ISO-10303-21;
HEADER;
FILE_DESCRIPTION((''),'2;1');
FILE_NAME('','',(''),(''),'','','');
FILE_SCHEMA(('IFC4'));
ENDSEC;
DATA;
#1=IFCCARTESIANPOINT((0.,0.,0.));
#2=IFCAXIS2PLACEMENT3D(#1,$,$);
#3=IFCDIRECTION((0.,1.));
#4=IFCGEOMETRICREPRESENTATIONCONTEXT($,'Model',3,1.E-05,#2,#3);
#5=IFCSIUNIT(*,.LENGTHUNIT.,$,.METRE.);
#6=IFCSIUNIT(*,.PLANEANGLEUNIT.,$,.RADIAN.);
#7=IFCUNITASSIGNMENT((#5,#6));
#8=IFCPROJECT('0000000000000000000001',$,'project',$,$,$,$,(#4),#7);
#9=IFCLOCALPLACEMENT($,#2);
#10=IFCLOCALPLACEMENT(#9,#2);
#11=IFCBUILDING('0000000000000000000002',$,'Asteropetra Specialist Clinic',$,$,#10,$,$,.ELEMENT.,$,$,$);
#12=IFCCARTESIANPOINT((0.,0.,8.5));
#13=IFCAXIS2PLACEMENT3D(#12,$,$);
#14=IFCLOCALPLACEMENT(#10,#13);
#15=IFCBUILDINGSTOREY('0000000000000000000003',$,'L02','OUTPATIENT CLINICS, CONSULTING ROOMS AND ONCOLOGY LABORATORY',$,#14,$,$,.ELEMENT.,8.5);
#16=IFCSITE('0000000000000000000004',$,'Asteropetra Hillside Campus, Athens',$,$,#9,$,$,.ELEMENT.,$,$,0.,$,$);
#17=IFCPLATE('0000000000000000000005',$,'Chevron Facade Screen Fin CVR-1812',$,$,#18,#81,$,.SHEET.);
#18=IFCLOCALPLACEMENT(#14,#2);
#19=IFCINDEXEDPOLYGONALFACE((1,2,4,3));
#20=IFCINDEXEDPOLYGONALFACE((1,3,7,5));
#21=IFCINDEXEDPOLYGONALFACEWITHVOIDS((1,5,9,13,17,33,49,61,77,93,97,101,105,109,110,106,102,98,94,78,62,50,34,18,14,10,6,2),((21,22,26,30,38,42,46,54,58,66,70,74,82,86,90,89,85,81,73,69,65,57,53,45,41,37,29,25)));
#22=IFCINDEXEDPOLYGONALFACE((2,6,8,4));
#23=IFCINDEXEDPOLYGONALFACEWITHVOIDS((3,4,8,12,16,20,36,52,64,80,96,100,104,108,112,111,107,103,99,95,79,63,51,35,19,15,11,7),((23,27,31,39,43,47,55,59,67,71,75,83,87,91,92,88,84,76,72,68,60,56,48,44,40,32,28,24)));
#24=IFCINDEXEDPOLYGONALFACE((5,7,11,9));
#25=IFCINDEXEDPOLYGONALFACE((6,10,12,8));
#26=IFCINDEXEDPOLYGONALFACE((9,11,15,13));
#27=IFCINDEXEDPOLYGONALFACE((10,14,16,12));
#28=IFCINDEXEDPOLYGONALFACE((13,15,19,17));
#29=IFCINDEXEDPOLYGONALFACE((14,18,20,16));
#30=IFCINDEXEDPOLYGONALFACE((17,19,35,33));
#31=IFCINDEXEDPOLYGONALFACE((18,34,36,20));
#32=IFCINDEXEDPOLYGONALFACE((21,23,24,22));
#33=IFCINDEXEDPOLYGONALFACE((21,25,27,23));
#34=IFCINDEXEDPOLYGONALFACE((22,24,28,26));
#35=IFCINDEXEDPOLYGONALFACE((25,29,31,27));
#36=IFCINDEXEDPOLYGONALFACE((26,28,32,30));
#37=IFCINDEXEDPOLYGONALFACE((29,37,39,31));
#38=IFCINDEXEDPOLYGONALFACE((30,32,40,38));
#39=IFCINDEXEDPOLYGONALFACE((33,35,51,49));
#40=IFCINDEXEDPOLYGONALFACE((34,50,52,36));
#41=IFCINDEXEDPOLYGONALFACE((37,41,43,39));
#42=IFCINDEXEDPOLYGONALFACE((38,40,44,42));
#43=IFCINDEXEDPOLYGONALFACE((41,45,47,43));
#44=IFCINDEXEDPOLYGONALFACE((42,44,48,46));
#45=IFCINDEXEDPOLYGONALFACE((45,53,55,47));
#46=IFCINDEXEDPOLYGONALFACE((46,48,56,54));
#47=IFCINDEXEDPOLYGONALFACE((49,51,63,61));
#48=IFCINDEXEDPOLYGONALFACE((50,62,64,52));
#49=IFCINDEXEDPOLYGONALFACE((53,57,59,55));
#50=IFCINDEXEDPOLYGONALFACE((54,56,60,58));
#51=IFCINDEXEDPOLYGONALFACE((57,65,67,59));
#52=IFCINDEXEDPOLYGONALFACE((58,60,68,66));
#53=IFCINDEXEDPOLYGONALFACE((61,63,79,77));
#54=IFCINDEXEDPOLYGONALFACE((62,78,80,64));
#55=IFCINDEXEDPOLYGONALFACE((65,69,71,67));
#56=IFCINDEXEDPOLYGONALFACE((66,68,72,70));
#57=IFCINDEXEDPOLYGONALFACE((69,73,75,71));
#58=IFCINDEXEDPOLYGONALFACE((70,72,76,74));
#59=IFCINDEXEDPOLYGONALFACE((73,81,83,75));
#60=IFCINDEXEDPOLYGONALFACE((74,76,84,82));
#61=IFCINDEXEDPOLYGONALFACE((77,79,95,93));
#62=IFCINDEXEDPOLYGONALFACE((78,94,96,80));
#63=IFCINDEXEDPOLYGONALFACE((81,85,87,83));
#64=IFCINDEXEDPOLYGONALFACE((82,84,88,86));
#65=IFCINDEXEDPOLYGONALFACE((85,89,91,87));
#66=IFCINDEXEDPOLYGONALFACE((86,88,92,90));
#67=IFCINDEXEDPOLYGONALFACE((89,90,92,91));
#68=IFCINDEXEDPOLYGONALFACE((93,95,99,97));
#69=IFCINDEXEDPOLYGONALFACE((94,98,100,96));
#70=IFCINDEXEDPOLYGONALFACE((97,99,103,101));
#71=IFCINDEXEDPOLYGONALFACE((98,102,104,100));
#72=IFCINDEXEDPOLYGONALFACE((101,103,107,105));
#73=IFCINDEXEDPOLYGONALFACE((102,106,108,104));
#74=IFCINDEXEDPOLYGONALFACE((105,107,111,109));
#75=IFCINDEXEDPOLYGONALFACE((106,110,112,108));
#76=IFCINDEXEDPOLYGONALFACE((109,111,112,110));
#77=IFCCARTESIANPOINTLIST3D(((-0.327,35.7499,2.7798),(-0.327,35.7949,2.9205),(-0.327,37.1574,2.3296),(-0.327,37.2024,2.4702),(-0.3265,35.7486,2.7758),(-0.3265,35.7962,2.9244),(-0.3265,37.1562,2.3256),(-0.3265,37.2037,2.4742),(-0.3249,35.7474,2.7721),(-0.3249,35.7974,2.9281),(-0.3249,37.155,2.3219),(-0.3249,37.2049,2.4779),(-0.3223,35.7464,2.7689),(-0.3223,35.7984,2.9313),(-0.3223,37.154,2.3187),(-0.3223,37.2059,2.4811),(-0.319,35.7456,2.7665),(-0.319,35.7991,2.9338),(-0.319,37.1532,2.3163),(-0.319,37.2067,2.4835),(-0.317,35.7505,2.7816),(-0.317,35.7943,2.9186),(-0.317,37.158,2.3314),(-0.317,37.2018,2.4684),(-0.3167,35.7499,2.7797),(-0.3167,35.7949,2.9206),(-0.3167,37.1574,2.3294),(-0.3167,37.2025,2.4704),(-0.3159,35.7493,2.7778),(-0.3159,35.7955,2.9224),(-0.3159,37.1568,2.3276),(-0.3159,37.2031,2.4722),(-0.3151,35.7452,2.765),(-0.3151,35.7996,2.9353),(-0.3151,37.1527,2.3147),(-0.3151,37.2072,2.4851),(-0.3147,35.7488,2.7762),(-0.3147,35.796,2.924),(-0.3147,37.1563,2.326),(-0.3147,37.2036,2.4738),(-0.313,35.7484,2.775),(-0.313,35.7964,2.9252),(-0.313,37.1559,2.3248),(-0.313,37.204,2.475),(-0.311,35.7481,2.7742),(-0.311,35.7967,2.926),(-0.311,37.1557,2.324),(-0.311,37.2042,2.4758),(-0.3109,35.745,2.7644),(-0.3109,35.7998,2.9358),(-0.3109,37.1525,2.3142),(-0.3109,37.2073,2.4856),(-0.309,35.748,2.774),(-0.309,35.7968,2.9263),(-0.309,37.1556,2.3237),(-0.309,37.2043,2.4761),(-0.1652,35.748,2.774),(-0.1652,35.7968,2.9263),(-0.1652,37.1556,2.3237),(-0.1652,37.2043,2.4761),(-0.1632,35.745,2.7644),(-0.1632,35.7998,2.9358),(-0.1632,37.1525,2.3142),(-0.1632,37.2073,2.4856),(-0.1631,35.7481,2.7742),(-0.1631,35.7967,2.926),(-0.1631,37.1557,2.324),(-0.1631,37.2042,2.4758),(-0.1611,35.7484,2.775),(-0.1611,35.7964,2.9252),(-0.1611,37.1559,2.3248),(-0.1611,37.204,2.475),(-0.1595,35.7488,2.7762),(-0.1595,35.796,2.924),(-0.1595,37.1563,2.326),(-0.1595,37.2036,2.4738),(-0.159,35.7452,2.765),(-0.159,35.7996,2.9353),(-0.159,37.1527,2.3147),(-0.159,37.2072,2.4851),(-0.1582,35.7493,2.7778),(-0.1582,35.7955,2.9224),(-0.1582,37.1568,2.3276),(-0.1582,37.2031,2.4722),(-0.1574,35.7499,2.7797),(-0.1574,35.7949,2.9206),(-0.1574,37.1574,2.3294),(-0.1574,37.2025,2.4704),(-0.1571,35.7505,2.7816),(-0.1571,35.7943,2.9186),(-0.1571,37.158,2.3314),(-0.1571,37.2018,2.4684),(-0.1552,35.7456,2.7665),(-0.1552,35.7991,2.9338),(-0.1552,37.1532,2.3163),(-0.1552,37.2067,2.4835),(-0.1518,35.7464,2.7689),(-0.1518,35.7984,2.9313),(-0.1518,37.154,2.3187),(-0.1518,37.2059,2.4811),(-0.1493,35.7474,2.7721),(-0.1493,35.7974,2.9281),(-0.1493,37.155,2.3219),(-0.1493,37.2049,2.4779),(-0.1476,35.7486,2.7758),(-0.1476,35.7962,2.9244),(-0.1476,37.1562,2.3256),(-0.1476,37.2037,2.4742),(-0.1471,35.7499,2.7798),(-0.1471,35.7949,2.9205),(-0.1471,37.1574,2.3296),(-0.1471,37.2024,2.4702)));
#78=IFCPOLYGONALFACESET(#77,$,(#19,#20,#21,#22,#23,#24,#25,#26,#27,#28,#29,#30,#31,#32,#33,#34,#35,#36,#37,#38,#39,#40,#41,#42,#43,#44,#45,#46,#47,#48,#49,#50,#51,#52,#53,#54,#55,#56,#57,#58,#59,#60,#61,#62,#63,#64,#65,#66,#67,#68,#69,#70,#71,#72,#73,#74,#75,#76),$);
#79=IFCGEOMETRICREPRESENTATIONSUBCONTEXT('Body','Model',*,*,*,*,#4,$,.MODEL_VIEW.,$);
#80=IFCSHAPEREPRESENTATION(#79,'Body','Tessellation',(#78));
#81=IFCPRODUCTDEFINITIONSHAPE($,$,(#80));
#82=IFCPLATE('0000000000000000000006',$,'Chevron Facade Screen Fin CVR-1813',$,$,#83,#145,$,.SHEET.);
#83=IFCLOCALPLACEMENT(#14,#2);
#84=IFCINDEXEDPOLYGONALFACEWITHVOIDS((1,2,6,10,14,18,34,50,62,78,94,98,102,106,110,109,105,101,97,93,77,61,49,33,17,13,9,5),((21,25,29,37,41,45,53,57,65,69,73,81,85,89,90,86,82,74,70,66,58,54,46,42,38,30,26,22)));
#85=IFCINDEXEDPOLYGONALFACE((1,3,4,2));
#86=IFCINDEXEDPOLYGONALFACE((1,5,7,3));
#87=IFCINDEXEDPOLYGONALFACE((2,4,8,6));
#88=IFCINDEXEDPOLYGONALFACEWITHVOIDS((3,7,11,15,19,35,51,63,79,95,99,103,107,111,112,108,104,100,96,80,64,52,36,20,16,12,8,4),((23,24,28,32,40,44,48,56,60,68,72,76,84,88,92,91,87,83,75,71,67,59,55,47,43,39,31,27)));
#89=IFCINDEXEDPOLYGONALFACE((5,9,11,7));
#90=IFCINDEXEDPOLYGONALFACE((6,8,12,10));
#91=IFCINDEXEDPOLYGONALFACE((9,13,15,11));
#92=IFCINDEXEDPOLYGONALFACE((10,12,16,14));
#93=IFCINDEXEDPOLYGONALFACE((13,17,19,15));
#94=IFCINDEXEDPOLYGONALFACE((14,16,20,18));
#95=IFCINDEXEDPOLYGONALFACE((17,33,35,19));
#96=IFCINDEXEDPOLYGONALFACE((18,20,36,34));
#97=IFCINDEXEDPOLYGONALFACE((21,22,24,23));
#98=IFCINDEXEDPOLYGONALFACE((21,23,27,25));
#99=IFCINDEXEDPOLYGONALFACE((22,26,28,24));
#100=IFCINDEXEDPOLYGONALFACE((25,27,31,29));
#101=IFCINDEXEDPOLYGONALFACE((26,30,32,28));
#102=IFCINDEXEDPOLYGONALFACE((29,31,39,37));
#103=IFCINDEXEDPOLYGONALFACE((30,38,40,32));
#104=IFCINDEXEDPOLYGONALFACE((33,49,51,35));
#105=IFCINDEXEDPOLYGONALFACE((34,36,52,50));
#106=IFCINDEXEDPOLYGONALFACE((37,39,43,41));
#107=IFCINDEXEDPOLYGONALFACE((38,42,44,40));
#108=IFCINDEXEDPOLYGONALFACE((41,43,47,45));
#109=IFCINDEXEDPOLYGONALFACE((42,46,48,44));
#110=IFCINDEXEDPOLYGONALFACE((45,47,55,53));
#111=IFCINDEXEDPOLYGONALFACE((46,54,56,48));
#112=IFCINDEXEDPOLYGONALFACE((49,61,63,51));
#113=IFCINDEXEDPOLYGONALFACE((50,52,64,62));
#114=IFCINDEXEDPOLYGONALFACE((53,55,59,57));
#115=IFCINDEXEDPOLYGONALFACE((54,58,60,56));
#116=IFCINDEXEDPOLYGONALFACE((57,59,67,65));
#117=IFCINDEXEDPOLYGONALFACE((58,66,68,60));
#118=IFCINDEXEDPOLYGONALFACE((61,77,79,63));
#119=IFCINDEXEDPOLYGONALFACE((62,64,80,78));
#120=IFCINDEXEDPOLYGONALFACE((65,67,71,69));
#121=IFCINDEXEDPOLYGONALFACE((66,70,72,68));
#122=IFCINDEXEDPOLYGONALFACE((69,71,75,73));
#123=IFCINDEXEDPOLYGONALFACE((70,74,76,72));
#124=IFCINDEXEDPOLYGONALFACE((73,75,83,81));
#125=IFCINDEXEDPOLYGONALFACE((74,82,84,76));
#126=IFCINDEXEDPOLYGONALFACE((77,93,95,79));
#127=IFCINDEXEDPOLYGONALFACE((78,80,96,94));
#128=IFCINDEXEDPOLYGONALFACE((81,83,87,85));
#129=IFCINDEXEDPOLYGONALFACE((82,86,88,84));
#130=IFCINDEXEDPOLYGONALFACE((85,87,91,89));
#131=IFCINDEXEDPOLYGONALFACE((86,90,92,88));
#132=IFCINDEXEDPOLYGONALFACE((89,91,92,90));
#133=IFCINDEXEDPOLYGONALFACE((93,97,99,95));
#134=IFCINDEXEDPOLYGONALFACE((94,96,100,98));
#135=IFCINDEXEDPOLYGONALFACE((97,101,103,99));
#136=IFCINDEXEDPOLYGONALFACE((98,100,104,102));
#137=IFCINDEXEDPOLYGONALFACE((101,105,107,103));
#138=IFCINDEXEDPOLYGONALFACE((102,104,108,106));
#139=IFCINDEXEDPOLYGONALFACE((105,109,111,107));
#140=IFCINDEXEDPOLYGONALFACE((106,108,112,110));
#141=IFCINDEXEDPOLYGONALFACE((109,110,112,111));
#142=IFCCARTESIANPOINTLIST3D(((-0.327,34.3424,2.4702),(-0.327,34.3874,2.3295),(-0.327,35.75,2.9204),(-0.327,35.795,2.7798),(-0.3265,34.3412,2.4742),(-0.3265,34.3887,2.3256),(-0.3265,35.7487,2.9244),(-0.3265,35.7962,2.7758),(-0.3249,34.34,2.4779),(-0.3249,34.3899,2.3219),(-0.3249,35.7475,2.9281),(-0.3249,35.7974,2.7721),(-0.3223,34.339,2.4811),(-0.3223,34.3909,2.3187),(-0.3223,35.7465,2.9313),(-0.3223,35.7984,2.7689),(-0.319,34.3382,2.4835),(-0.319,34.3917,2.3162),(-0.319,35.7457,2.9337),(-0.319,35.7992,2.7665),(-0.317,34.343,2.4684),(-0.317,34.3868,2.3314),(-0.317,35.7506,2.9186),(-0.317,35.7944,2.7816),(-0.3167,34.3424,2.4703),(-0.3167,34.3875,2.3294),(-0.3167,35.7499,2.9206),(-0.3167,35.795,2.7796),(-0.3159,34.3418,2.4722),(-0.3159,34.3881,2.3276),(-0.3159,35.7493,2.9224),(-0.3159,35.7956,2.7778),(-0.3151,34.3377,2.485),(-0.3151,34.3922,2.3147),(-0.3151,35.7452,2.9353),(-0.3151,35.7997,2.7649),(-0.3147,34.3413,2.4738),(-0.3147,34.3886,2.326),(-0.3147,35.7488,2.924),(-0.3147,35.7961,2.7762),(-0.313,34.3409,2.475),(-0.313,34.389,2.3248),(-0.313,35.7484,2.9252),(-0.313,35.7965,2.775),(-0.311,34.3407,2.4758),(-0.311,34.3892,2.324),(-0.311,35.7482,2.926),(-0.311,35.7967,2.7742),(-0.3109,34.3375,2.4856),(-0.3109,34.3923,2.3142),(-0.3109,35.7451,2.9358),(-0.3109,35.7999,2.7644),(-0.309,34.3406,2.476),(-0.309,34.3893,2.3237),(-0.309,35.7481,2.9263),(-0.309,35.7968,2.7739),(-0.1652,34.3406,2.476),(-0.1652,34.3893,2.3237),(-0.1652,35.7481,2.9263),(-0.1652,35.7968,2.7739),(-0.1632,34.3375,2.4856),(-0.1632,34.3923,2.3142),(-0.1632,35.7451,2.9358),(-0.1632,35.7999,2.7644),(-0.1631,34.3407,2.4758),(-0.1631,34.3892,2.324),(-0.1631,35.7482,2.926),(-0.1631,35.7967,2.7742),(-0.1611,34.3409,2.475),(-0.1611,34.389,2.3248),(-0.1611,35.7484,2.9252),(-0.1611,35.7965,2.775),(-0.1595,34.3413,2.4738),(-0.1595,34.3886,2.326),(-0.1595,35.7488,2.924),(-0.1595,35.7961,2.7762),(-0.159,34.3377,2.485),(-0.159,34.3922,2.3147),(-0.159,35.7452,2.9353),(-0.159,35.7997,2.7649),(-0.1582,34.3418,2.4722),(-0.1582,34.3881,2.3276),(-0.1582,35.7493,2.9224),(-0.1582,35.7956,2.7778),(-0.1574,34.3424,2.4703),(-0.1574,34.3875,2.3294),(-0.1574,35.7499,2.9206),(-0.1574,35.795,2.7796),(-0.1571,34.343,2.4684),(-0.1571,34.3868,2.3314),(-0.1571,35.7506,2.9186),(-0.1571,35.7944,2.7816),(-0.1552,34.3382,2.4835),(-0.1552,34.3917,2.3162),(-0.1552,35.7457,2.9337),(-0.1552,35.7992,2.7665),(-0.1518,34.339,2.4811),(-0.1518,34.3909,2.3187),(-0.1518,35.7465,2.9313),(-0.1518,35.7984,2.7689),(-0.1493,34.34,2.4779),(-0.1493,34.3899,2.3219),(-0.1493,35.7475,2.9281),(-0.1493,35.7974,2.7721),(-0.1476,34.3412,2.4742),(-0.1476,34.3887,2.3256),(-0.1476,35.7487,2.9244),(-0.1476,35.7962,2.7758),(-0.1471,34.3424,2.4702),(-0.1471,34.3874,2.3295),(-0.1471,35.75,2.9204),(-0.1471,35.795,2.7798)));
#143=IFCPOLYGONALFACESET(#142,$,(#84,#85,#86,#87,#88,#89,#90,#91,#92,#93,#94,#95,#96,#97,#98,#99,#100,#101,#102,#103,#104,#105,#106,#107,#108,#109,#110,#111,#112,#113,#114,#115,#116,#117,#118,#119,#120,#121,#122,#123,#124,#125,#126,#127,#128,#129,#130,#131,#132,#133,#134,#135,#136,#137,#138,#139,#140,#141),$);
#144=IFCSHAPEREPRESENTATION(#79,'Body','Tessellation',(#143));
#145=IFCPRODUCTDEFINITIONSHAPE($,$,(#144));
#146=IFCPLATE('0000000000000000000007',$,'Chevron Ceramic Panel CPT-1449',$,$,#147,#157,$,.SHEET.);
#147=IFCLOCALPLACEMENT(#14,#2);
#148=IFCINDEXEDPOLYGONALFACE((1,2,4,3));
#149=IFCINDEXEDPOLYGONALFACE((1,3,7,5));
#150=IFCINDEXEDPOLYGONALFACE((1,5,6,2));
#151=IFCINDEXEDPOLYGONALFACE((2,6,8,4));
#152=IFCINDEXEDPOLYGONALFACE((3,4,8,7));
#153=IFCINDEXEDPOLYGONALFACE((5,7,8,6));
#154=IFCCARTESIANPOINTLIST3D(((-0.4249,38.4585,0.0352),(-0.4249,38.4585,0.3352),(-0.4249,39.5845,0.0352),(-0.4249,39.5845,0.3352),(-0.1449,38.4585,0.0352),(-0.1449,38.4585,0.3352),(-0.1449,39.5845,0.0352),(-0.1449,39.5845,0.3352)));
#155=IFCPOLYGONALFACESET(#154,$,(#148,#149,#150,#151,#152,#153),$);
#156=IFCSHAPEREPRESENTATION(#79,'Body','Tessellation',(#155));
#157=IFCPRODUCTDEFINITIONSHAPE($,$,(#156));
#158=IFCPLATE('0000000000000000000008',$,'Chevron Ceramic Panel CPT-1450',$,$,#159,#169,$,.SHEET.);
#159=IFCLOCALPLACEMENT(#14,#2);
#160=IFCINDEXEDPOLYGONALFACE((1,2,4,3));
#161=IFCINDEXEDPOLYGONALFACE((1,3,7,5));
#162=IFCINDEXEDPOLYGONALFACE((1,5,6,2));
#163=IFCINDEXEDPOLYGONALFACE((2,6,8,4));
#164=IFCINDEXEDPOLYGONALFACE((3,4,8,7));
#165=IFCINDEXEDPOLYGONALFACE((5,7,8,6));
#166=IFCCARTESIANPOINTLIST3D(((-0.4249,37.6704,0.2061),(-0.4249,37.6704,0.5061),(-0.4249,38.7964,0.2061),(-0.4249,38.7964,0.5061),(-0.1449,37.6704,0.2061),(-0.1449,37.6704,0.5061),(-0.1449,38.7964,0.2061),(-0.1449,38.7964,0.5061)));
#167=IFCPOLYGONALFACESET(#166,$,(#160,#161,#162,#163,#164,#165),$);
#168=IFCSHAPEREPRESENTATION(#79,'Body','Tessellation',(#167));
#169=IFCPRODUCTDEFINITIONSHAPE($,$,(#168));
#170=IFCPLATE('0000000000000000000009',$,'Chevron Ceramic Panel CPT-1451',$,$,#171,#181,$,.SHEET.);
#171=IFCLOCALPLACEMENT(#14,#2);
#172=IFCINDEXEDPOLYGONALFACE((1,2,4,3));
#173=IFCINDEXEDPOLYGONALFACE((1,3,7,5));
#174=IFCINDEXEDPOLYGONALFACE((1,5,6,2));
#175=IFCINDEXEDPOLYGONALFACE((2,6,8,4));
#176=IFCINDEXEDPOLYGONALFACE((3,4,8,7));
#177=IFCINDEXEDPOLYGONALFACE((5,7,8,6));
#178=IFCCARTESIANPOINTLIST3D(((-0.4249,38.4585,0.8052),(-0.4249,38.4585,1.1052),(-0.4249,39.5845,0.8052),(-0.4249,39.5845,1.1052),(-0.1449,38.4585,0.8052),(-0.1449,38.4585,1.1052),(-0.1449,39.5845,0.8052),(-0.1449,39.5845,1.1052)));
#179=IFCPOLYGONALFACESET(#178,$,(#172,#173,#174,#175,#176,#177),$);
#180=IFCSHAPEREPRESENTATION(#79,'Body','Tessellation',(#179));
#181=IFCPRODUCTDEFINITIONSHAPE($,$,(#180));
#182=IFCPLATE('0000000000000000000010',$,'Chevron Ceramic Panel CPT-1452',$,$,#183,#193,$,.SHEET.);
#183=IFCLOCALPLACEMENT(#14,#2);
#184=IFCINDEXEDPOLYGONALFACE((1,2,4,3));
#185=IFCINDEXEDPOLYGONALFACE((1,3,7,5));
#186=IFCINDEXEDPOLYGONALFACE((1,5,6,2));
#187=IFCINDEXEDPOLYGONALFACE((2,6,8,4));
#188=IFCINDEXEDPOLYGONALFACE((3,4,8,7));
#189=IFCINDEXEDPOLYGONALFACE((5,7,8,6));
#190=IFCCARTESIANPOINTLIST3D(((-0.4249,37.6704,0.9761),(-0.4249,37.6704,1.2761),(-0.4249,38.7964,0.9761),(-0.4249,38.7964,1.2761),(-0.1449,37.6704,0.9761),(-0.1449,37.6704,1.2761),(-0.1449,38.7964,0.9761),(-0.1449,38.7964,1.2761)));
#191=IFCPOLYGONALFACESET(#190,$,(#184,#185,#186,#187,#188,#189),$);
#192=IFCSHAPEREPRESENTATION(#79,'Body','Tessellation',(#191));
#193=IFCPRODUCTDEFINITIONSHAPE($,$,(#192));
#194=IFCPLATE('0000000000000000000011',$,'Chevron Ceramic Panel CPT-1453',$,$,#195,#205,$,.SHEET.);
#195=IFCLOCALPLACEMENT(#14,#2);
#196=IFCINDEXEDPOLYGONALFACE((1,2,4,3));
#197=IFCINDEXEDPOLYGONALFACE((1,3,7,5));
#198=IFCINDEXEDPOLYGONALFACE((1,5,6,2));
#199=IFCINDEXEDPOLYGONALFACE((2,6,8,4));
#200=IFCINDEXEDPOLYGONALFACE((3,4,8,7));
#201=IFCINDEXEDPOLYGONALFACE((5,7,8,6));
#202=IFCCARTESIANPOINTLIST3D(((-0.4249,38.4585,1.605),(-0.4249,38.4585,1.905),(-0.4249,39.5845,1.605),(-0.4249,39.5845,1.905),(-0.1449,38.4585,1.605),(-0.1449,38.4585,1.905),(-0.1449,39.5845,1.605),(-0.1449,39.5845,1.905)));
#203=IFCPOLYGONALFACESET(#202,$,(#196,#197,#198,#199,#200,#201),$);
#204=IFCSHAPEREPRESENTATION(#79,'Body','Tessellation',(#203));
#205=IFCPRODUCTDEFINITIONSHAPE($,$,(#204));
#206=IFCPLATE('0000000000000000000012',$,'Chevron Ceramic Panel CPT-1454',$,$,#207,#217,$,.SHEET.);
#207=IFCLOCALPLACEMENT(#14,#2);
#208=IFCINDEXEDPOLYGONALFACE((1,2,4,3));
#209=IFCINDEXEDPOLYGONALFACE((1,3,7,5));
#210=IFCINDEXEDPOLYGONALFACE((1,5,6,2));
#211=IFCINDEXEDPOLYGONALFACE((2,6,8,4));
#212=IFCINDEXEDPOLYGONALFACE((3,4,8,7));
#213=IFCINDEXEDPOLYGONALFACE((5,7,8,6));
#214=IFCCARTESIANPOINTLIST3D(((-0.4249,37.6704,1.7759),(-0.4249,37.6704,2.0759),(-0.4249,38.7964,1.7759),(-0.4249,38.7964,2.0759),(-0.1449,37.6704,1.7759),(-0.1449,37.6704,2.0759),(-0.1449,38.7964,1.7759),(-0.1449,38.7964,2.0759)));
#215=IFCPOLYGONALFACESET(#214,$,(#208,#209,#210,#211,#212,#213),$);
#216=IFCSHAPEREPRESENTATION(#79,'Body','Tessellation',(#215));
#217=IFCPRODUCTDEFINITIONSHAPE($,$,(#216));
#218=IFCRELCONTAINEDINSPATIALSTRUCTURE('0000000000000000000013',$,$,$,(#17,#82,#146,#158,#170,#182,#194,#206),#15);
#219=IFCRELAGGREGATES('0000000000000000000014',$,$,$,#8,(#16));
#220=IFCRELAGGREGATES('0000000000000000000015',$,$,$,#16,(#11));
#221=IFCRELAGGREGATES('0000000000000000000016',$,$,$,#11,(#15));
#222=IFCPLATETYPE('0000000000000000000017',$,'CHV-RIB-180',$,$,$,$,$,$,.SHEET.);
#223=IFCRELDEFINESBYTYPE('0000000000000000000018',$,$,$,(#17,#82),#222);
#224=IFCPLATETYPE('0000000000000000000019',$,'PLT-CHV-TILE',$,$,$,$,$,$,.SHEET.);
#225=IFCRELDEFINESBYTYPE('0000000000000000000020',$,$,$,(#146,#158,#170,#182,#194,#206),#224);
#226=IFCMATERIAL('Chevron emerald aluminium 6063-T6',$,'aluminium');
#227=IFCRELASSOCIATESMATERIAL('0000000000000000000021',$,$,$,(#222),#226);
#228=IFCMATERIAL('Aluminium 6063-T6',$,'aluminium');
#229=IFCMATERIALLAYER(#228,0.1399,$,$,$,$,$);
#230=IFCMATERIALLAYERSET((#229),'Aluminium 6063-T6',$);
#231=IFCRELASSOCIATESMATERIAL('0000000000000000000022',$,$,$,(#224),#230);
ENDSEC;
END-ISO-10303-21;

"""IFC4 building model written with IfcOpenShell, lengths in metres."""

from ifc_helpers import new_model, si_unit, direction, frame, origin, origin_2d, place, context, subcontext, project, spatial, rectangle, hollow_rectangle, extrude, material, layer, layer_set, material_profile, profile_set, type_object, element, save


model = new_model("IFC4")

# Units and contexts
model_context = context("Model", 3, precision=1e-05, world=origin(), true_north=direction((0.0, 1.0)))
body_context = subcontext(model_context, "Body", "Model", "MODEL_VIEW")
ifc_project = project(units=[si_unit("LENGTHUNIT", "METRE"), si_unit("PLANEANGLEUNIT", "RADIAN")], contexts=[model_context])

# Site, building, storey
site_placement = place(None, origin())
site = spatial("IfcSite", under=ifc_project, at=site_placement, Name="Asteropetra Hillside Campus, Athens", CompositionType="ELEMENT", RefElevation=0.0)
building_placement = place(site_placement, origin())
building = spatial("IfcBuilding", under=site, at=building_placement, Name="Asteropetra Specialist Clinic", CompositionType="ELEMENT")
storey_placement = place(building_placement, frame((0.0, 0.0, 8.5)))
storey = spatial("IfcBuildingStorey", under=building, at=storey_placement, Name="L02", Description="OUTPATIENT CLINICS, CONSULTING ROOMS AND ONCOLOGY LABORATORY", CompositionType="ELEMENT", Elevation=8.5)

# Plates
ifc_material_1 = material(Name="Chevron emerald aluminium 6063-T6", Category="aluminium")
ifc_material_profile = material_profile(ifc_material_1, hollow_rectangle(XDim=0.1799, YDim=0.1799, WallThickness=0.01, InnerFilletRadius=0.0081, OuterFilletRadius=0.0161, at=origin_2d()), Name="SHS 180x180x10.0")
ifc_profile_set = profile_set([ifc_material_profile], Name="Chevron emerald aluminium 6063-T6")
plate_type_1 = type_object("IfcPlateType", Name="CHV-RIB-180", PredefinedType="SHEET", material=ifc_profile_set)
for number, where, z_axis, x_axis, name in (
    (1, (-0.2371, 37.1799, 2.3999), (0.0, -0.952463, 0.304656), (1.0, 0.0, 0.0), "Chevron Facade Screen Fin CVR-1812"),
    (2, (-0.2371, 35.7725, 2.8501), (0.0, -0.952463, -0.304656), (1.0, 0.0, 0.0), "Chevron Facade Screen Fin CVR-1813"),
):
    element("IfcPlate", number, at=place(storey_placement, frame(where, z_axis=z_axis, x_axis=x_axis)), inside=storey, type_object=plate_type_1, Name=name, PredefinedType="SHEET", context=body_context, shape_type="SweptSolid", body=[
        extrude(hollow_rectangle(XDim=0.1799, YDim=0.1799, WallThickness=0.01, InnerFilletRadius=0.0081, OuterFilletRadius=0.0161, at=origin_2d()), origin(), (0.0, 0.0, 1.0), 1.4778),
    ])
ifc_material_2 = material(Name="Aluminium 6063-T6", Category="aluminium")
ifc_layer_1 = layer(ifc_material_2, 0.1399)
ifc_layer_set_1 = layer_set([ifc_layer_1], Name="Aluminium 6063-T6")
plate_type_2 = type_object("IfcPlateType", Name="PLT-CHV-TILE", PredefinedType="SHEET", material=ifc_layer_set_1)
for number, where, z_axis, x_axis, name in (
    (3, (-0.2849, 39.0215, 0.0352), (0.0, 0.0, 1.0), (1.0, 0.0, 0.0), "Chevron Ceramic Panel CPT-1449"),
    (4, (-0.2849, 38.2334, 0.2061), (0.0, 0.0, 1.0), (1.0, 0.0, 0.0), "Chevron Ceramic Panel CPT-1450"),
    (5, (-0.2849, 39.0215, 0.8052), (0.0, 0.0, 1.0), (1.0, 0.0, 0.0), "Chevron Ceramic Panel CPT-1451"),
    (6, (-0.2849, 38.2334, 0.9761), (0.0, 0.0, 1.0), (1.0, 0.0, 0.0), "Chevron Ceramic Panel CPT-1452"),
    (7, (-0.2849, 39.0215, 1.605), (0.0, 0.0, 1.0), (1.0, 0.0, 0.0), "Chevron Ceramic Panel CPT-1453"),
    (8, (-0.2849, 38.2334, 1.7759), (0.0, 0.0, 1.0), (1.0, 0.0, 0.0), "Chevron Ceramic Panel CPT-1454"),
):
    element("IfcPlate", number, at=place(storey_placement, frame(where, z_axis=z_axis, x_axis=x_axis)), inside=storey, type_object=plate_type_2, Name=name, PredefinedType="SHEET", context=body_context, shape_type="SweptSolid", body=[
        extrude(rectangle(XDim=0.28, YDim=1.126, at=origin_2d()), origin(), (0.0, 0.0, 1.0), 0.3),
    ])

save(model, "model.ifc")
